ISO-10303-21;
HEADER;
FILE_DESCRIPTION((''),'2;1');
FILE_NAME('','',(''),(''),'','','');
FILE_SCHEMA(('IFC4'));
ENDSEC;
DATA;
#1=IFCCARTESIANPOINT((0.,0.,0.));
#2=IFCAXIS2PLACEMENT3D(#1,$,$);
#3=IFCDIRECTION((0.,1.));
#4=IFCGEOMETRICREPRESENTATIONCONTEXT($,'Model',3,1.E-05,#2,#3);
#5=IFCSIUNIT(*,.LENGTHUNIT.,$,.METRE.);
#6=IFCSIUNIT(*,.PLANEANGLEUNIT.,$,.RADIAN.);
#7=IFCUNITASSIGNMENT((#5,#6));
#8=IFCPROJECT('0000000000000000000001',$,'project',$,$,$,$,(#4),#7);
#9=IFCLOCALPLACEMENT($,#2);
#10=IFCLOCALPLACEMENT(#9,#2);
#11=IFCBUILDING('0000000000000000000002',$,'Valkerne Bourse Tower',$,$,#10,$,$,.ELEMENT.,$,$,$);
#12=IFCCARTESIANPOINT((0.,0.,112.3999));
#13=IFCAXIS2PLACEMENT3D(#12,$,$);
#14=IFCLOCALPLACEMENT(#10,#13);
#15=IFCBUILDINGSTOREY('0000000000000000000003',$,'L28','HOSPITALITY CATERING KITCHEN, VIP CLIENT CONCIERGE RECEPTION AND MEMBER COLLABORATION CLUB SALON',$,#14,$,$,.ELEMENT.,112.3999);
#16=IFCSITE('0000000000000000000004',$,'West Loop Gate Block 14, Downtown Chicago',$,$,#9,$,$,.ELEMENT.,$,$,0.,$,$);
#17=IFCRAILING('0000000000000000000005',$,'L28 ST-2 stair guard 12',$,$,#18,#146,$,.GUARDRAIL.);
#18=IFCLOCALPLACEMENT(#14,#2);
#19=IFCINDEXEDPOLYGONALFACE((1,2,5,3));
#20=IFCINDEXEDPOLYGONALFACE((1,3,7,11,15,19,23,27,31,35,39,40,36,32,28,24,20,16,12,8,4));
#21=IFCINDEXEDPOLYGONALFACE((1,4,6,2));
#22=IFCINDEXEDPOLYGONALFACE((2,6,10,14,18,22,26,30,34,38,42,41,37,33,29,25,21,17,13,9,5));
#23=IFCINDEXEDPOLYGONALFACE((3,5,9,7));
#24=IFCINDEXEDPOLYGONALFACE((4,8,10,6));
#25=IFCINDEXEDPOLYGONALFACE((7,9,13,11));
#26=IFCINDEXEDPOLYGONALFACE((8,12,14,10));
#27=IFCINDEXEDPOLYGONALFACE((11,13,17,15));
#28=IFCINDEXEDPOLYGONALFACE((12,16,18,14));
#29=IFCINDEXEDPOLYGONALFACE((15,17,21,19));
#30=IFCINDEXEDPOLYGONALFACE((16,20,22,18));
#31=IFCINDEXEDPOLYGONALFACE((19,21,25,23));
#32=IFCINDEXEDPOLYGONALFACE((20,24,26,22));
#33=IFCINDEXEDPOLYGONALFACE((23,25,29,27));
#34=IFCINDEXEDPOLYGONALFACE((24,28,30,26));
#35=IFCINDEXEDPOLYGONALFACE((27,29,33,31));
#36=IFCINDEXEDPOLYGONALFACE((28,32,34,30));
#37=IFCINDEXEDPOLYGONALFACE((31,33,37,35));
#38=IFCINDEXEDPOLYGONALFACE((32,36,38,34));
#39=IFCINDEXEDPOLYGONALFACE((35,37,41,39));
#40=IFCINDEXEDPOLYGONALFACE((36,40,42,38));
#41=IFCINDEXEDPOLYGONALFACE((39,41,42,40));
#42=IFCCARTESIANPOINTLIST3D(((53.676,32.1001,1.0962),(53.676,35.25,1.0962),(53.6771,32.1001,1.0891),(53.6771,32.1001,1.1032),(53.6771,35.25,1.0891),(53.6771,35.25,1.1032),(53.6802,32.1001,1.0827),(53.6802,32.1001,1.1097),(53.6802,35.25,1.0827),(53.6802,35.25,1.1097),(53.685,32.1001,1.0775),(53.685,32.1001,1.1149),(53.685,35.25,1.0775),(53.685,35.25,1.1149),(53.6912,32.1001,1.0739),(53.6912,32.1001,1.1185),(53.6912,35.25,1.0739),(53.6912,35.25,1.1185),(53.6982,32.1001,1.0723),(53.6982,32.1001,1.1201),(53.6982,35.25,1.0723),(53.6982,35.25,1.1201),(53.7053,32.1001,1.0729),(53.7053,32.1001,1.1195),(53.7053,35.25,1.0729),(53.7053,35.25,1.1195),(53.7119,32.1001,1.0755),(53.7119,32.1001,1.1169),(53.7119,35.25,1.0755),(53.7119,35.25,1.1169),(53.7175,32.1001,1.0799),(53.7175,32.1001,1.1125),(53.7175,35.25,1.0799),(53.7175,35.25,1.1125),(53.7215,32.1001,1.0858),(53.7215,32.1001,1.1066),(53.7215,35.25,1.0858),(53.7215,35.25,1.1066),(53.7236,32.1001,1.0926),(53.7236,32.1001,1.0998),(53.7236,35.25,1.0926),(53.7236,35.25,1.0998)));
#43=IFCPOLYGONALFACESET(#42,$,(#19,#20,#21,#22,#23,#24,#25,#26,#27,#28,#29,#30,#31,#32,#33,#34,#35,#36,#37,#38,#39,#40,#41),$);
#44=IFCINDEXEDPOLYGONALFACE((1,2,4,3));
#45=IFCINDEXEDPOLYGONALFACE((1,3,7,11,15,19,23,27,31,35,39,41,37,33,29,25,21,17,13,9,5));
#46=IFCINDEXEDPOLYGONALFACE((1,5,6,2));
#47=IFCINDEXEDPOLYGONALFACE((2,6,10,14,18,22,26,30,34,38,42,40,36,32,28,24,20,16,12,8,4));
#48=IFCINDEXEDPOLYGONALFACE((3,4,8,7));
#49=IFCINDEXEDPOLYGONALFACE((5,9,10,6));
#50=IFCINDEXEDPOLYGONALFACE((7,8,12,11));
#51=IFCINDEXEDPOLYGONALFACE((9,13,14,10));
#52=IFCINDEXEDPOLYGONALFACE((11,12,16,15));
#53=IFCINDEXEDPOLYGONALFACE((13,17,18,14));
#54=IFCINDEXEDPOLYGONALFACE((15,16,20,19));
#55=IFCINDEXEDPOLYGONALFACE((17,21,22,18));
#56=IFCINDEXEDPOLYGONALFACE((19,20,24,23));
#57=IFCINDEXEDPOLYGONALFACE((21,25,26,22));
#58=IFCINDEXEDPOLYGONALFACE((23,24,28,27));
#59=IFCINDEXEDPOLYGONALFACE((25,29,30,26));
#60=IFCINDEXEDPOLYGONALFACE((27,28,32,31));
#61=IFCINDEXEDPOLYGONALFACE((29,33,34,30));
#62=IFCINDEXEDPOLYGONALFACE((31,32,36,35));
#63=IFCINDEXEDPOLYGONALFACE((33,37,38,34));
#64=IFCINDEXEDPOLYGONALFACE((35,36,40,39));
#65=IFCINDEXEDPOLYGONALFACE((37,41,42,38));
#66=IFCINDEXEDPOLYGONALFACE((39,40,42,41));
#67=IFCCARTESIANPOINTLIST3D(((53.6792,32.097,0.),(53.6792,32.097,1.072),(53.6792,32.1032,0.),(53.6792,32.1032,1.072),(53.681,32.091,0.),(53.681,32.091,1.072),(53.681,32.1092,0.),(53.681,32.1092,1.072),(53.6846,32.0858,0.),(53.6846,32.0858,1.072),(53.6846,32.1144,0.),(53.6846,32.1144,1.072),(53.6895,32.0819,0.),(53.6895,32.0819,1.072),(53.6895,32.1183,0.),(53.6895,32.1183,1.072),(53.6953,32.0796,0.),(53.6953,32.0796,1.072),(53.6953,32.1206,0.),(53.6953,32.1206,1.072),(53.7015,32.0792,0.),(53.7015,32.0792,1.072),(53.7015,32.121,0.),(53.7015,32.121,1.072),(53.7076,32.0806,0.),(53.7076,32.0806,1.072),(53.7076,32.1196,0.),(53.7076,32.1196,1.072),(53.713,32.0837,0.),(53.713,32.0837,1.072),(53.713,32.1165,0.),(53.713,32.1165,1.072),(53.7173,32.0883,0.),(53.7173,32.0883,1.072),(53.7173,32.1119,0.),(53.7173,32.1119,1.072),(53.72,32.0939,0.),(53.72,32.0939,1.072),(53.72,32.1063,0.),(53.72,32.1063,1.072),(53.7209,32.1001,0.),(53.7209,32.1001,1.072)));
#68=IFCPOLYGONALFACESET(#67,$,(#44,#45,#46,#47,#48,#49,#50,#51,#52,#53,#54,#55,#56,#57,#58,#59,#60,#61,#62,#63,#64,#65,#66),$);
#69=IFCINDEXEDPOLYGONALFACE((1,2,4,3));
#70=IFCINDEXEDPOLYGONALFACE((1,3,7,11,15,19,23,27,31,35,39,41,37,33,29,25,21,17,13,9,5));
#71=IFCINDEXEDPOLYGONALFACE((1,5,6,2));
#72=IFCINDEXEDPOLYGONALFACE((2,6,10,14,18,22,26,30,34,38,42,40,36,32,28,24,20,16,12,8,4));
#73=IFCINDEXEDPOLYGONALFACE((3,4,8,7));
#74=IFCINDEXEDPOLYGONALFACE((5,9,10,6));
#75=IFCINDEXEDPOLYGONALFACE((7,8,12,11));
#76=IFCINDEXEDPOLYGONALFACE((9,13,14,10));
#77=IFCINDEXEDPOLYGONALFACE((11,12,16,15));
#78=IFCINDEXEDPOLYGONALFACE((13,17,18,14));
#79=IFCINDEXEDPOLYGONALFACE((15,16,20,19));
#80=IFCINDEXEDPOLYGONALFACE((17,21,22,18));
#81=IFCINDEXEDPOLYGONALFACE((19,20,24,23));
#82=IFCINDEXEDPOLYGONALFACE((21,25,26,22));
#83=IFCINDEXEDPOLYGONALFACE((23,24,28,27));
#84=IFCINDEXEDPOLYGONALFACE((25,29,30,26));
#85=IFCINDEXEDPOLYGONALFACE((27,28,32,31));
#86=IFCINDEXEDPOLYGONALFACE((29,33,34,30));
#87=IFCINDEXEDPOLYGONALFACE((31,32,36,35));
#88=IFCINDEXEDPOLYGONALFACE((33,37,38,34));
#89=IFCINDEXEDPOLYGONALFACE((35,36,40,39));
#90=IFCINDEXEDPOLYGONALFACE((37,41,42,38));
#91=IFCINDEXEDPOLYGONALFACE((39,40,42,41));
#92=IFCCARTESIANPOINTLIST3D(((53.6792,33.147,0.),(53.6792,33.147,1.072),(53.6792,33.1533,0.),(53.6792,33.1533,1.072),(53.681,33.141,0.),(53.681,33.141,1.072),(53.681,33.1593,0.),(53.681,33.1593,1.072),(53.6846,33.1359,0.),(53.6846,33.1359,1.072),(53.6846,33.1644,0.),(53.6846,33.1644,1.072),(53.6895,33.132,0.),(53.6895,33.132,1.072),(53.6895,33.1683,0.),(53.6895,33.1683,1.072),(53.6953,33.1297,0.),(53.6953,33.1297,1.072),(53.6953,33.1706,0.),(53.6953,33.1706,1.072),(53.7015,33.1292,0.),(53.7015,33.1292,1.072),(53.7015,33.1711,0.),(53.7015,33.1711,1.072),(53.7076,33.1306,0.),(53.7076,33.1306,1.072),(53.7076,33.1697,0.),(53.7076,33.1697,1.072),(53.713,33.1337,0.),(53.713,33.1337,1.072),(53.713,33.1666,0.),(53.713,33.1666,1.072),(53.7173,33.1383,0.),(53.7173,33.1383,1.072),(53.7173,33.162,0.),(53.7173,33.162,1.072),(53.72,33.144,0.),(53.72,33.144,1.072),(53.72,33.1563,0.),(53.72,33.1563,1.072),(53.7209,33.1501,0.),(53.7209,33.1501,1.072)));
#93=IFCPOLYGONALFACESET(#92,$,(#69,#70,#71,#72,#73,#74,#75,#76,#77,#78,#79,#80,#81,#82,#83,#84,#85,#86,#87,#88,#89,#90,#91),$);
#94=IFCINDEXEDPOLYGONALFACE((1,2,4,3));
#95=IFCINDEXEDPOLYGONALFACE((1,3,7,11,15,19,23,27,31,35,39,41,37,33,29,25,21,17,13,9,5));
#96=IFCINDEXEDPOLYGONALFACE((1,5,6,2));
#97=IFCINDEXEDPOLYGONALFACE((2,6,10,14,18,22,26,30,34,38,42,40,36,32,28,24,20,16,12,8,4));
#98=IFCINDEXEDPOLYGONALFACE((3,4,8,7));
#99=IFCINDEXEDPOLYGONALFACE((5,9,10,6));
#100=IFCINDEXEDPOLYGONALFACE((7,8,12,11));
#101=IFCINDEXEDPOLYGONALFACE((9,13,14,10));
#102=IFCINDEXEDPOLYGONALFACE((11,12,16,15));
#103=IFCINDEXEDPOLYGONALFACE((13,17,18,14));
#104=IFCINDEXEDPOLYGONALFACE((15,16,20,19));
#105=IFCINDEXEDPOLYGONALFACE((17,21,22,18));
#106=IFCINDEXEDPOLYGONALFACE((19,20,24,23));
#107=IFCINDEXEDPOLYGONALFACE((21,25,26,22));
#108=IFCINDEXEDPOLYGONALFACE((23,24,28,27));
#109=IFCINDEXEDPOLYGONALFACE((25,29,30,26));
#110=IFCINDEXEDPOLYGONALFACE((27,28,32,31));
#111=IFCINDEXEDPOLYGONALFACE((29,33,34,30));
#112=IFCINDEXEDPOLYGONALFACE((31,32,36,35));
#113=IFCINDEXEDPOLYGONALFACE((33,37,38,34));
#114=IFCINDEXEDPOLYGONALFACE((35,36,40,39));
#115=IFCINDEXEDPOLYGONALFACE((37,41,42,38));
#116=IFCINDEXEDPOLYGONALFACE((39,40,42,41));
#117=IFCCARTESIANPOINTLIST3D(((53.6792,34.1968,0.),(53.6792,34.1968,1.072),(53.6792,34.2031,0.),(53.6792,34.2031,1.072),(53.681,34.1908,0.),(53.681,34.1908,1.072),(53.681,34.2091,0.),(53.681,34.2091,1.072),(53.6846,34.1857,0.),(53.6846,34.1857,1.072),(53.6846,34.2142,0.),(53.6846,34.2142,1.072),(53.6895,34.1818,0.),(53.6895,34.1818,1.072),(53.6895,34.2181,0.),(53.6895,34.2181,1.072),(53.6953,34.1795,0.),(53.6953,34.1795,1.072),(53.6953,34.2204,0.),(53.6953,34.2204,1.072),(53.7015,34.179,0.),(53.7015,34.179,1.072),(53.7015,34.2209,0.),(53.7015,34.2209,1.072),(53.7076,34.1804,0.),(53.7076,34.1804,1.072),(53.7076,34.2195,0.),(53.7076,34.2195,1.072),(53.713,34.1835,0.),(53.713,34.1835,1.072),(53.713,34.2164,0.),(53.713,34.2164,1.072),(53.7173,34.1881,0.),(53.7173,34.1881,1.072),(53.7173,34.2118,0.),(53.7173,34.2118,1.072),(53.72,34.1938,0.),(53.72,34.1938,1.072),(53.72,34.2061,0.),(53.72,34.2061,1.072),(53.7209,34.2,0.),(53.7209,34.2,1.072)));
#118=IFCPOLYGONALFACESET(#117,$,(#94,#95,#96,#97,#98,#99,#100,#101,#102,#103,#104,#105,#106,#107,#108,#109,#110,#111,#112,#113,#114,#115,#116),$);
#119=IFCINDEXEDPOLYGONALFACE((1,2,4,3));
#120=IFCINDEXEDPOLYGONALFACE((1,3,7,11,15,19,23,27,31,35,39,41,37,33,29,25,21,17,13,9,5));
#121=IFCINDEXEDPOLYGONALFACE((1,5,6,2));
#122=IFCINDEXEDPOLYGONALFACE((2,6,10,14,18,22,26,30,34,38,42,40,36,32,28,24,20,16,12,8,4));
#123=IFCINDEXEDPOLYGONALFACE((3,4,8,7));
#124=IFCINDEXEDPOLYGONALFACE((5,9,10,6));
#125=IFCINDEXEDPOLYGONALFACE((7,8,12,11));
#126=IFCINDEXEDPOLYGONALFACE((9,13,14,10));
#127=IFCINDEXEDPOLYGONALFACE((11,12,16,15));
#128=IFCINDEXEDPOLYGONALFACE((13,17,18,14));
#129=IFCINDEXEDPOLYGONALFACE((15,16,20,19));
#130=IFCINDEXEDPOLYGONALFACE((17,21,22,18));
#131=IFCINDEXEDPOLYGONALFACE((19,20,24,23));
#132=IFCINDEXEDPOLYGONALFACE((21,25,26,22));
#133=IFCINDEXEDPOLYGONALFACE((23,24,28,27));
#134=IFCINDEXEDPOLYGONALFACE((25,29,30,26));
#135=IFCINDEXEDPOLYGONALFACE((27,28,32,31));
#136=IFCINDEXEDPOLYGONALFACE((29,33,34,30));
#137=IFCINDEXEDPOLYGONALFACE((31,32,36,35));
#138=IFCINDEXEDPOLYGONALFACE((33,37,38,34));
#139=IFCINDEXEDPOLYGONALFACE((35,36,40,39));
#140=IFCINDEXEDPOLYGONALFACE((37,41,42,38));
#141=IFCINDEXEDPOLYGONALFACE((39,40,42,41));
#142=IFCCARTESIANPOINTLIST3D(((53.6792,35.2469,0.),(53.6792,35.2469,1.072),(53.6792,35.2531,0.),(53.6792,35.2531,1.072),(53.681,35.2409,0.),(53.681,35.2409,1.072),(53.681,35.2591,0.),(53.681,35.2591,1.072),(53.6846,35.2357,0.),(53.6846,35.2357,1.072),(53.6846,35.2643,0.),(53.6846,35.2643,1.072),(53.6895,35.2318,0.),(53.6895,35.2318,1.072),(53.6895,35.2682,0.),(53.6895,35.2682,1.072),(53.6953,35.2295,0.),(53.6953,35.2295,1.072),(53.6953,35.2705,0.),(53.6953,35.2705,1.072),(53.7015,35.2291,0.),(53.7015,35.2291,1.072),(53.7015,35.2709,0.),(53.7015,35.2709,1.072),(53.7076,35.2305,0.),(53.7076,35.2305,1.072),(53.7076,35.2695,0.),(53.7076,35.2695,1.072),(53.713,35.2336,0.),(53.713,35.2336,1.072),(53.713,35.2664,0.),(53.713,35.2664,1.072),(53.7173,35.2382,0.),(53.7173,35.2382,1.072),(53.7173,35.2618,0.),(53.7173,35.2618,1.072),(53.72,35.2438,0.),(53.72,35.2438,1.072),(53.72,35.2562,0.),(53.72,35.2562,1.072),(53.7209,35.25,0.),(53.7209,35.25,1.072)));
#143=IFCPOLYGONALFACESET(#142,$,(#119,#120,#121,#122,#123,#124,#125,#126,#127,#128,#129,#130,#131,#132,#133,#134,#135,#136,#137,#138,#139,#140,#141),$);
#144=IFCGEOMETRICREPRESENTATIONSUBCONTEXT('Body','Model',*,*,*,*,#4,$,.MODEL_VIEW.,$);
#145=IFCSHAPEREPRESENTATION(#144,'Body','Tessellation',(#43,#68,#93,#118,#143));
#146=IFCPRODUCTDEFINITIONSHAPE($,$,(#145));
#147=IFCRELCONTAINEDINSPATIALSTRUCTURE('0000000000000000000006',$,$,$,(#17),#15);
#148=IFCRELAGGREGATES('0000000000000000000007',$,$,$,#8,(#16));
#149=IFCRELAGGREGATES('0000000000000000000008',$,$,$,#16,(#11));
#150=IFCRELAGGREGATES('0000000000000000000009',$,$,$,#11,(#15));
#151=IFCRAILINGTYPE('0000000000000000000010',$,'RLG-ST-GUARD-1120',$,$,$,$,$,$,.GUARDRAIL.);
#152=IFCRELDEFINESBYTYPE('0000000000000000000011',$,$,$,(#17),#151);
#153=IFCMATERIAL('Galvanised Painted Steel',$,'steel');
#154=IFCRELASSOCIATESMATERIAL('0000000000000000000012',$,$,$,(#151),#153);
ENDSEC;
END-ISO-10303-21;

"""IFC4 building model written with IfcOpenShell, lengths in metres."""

from ifc_helpers import new_model, si_unit, direction, frame, origin, origin_2d, place, context, subcontext, project, spatial, circle, extrude, material, type_object, element, save


model = new_model("IFC4")

# Units and contexts
model_context = context("Model", 3, precision=1e-05, world=origin(), true_north=direction((0.0, 1.0)))
body_context = subcontext(model_context, "Body", "Model", "MODEL_VIEW")
ifc_project = project(units=[si_unit("LENGTHUNIT", "METRE"), si_unit("PLANEANGLEUNIT", "RADIAN")], contexts=[model_context])

# Site, building, storey
site_placement = place(None, origin())
site = spatial("IfcSite", under=ifc_project, at=site_placement, Name="West Loop Gate Block 14, Downtown Chicago", CompositionType="ELEMENT", RefElevation=0.0)
building_placement = place(site_placement, origin())
building = spatial("IfcBuilding", under=site, at=building_placement, Name="Valkerne Bourse Tower", CompositionType="ELEMENT")
storey_placement = place(building_placement, frame((0.0, 0.0, 112.3999)))
storey = spatial("IfcBuildingStorey", under=building, at=storey_placement, Name="L28", Description="HOSPITALITY CATERING KITCHEN, VIP CLIENT CONCIERGE RECEPTION AND MEMBER COLLABORATION CLUB SALON", CompositionType="ELEMENT", Elevation=112.3999)

# Railing
ifc_material_1 = material(Name="Galvanised Painted Steel", Category="steel")
railing_type_1 = type_object("IfcRailingType", Name="RLG-ST-GUARD-1120", PredefinedType="GUARDRAIL", material=ifc_material_1)
railing_1_placement = place(storey_placement, frame((53.7, 32.1001, 0.0)))
element("IfcRailing", 1, at=railing_1_placement, inside=storey, type_object=railing_type_1, Name="L28 ST-2 stair guard 12", PredefinedType="GUARDRAIL", context=body_context, shape_type="SweptSolid", body=[
    extrude(circle(Radius=0.0239, at=origin_2d()), frame((0.0, 0.0, 1.0962), z_axis=(0.0, 1.0, 0.0), x_axis=(-1.0, 0.0, 0.0)), (0.0, 0.0, 1.0), 3.1499),
    extrude(circle(Radius=0.021, at=origin_2d()), origin(), (0.0, 0.0, 1.0), 1.072),
    extrude(circle(Radius=0.021, at=origin_2d()), frame((0.0, 1.05, 0.0)), (0.0, 0.0, 1.0), 1.072),
    extrude(circle(Radius=0.021, at=origin_2d()), frame((0.0, 2.0999, 0.0)), (0.0, 0.0, 1.0), 1.072),
    extrude(circle(Radius=0.021, at=origin_2d()), frame((0.0, 3.1499, 0.0)), (0.0, 0.0, 1.0), 1.072),
])

save(model, "model.ifc")
